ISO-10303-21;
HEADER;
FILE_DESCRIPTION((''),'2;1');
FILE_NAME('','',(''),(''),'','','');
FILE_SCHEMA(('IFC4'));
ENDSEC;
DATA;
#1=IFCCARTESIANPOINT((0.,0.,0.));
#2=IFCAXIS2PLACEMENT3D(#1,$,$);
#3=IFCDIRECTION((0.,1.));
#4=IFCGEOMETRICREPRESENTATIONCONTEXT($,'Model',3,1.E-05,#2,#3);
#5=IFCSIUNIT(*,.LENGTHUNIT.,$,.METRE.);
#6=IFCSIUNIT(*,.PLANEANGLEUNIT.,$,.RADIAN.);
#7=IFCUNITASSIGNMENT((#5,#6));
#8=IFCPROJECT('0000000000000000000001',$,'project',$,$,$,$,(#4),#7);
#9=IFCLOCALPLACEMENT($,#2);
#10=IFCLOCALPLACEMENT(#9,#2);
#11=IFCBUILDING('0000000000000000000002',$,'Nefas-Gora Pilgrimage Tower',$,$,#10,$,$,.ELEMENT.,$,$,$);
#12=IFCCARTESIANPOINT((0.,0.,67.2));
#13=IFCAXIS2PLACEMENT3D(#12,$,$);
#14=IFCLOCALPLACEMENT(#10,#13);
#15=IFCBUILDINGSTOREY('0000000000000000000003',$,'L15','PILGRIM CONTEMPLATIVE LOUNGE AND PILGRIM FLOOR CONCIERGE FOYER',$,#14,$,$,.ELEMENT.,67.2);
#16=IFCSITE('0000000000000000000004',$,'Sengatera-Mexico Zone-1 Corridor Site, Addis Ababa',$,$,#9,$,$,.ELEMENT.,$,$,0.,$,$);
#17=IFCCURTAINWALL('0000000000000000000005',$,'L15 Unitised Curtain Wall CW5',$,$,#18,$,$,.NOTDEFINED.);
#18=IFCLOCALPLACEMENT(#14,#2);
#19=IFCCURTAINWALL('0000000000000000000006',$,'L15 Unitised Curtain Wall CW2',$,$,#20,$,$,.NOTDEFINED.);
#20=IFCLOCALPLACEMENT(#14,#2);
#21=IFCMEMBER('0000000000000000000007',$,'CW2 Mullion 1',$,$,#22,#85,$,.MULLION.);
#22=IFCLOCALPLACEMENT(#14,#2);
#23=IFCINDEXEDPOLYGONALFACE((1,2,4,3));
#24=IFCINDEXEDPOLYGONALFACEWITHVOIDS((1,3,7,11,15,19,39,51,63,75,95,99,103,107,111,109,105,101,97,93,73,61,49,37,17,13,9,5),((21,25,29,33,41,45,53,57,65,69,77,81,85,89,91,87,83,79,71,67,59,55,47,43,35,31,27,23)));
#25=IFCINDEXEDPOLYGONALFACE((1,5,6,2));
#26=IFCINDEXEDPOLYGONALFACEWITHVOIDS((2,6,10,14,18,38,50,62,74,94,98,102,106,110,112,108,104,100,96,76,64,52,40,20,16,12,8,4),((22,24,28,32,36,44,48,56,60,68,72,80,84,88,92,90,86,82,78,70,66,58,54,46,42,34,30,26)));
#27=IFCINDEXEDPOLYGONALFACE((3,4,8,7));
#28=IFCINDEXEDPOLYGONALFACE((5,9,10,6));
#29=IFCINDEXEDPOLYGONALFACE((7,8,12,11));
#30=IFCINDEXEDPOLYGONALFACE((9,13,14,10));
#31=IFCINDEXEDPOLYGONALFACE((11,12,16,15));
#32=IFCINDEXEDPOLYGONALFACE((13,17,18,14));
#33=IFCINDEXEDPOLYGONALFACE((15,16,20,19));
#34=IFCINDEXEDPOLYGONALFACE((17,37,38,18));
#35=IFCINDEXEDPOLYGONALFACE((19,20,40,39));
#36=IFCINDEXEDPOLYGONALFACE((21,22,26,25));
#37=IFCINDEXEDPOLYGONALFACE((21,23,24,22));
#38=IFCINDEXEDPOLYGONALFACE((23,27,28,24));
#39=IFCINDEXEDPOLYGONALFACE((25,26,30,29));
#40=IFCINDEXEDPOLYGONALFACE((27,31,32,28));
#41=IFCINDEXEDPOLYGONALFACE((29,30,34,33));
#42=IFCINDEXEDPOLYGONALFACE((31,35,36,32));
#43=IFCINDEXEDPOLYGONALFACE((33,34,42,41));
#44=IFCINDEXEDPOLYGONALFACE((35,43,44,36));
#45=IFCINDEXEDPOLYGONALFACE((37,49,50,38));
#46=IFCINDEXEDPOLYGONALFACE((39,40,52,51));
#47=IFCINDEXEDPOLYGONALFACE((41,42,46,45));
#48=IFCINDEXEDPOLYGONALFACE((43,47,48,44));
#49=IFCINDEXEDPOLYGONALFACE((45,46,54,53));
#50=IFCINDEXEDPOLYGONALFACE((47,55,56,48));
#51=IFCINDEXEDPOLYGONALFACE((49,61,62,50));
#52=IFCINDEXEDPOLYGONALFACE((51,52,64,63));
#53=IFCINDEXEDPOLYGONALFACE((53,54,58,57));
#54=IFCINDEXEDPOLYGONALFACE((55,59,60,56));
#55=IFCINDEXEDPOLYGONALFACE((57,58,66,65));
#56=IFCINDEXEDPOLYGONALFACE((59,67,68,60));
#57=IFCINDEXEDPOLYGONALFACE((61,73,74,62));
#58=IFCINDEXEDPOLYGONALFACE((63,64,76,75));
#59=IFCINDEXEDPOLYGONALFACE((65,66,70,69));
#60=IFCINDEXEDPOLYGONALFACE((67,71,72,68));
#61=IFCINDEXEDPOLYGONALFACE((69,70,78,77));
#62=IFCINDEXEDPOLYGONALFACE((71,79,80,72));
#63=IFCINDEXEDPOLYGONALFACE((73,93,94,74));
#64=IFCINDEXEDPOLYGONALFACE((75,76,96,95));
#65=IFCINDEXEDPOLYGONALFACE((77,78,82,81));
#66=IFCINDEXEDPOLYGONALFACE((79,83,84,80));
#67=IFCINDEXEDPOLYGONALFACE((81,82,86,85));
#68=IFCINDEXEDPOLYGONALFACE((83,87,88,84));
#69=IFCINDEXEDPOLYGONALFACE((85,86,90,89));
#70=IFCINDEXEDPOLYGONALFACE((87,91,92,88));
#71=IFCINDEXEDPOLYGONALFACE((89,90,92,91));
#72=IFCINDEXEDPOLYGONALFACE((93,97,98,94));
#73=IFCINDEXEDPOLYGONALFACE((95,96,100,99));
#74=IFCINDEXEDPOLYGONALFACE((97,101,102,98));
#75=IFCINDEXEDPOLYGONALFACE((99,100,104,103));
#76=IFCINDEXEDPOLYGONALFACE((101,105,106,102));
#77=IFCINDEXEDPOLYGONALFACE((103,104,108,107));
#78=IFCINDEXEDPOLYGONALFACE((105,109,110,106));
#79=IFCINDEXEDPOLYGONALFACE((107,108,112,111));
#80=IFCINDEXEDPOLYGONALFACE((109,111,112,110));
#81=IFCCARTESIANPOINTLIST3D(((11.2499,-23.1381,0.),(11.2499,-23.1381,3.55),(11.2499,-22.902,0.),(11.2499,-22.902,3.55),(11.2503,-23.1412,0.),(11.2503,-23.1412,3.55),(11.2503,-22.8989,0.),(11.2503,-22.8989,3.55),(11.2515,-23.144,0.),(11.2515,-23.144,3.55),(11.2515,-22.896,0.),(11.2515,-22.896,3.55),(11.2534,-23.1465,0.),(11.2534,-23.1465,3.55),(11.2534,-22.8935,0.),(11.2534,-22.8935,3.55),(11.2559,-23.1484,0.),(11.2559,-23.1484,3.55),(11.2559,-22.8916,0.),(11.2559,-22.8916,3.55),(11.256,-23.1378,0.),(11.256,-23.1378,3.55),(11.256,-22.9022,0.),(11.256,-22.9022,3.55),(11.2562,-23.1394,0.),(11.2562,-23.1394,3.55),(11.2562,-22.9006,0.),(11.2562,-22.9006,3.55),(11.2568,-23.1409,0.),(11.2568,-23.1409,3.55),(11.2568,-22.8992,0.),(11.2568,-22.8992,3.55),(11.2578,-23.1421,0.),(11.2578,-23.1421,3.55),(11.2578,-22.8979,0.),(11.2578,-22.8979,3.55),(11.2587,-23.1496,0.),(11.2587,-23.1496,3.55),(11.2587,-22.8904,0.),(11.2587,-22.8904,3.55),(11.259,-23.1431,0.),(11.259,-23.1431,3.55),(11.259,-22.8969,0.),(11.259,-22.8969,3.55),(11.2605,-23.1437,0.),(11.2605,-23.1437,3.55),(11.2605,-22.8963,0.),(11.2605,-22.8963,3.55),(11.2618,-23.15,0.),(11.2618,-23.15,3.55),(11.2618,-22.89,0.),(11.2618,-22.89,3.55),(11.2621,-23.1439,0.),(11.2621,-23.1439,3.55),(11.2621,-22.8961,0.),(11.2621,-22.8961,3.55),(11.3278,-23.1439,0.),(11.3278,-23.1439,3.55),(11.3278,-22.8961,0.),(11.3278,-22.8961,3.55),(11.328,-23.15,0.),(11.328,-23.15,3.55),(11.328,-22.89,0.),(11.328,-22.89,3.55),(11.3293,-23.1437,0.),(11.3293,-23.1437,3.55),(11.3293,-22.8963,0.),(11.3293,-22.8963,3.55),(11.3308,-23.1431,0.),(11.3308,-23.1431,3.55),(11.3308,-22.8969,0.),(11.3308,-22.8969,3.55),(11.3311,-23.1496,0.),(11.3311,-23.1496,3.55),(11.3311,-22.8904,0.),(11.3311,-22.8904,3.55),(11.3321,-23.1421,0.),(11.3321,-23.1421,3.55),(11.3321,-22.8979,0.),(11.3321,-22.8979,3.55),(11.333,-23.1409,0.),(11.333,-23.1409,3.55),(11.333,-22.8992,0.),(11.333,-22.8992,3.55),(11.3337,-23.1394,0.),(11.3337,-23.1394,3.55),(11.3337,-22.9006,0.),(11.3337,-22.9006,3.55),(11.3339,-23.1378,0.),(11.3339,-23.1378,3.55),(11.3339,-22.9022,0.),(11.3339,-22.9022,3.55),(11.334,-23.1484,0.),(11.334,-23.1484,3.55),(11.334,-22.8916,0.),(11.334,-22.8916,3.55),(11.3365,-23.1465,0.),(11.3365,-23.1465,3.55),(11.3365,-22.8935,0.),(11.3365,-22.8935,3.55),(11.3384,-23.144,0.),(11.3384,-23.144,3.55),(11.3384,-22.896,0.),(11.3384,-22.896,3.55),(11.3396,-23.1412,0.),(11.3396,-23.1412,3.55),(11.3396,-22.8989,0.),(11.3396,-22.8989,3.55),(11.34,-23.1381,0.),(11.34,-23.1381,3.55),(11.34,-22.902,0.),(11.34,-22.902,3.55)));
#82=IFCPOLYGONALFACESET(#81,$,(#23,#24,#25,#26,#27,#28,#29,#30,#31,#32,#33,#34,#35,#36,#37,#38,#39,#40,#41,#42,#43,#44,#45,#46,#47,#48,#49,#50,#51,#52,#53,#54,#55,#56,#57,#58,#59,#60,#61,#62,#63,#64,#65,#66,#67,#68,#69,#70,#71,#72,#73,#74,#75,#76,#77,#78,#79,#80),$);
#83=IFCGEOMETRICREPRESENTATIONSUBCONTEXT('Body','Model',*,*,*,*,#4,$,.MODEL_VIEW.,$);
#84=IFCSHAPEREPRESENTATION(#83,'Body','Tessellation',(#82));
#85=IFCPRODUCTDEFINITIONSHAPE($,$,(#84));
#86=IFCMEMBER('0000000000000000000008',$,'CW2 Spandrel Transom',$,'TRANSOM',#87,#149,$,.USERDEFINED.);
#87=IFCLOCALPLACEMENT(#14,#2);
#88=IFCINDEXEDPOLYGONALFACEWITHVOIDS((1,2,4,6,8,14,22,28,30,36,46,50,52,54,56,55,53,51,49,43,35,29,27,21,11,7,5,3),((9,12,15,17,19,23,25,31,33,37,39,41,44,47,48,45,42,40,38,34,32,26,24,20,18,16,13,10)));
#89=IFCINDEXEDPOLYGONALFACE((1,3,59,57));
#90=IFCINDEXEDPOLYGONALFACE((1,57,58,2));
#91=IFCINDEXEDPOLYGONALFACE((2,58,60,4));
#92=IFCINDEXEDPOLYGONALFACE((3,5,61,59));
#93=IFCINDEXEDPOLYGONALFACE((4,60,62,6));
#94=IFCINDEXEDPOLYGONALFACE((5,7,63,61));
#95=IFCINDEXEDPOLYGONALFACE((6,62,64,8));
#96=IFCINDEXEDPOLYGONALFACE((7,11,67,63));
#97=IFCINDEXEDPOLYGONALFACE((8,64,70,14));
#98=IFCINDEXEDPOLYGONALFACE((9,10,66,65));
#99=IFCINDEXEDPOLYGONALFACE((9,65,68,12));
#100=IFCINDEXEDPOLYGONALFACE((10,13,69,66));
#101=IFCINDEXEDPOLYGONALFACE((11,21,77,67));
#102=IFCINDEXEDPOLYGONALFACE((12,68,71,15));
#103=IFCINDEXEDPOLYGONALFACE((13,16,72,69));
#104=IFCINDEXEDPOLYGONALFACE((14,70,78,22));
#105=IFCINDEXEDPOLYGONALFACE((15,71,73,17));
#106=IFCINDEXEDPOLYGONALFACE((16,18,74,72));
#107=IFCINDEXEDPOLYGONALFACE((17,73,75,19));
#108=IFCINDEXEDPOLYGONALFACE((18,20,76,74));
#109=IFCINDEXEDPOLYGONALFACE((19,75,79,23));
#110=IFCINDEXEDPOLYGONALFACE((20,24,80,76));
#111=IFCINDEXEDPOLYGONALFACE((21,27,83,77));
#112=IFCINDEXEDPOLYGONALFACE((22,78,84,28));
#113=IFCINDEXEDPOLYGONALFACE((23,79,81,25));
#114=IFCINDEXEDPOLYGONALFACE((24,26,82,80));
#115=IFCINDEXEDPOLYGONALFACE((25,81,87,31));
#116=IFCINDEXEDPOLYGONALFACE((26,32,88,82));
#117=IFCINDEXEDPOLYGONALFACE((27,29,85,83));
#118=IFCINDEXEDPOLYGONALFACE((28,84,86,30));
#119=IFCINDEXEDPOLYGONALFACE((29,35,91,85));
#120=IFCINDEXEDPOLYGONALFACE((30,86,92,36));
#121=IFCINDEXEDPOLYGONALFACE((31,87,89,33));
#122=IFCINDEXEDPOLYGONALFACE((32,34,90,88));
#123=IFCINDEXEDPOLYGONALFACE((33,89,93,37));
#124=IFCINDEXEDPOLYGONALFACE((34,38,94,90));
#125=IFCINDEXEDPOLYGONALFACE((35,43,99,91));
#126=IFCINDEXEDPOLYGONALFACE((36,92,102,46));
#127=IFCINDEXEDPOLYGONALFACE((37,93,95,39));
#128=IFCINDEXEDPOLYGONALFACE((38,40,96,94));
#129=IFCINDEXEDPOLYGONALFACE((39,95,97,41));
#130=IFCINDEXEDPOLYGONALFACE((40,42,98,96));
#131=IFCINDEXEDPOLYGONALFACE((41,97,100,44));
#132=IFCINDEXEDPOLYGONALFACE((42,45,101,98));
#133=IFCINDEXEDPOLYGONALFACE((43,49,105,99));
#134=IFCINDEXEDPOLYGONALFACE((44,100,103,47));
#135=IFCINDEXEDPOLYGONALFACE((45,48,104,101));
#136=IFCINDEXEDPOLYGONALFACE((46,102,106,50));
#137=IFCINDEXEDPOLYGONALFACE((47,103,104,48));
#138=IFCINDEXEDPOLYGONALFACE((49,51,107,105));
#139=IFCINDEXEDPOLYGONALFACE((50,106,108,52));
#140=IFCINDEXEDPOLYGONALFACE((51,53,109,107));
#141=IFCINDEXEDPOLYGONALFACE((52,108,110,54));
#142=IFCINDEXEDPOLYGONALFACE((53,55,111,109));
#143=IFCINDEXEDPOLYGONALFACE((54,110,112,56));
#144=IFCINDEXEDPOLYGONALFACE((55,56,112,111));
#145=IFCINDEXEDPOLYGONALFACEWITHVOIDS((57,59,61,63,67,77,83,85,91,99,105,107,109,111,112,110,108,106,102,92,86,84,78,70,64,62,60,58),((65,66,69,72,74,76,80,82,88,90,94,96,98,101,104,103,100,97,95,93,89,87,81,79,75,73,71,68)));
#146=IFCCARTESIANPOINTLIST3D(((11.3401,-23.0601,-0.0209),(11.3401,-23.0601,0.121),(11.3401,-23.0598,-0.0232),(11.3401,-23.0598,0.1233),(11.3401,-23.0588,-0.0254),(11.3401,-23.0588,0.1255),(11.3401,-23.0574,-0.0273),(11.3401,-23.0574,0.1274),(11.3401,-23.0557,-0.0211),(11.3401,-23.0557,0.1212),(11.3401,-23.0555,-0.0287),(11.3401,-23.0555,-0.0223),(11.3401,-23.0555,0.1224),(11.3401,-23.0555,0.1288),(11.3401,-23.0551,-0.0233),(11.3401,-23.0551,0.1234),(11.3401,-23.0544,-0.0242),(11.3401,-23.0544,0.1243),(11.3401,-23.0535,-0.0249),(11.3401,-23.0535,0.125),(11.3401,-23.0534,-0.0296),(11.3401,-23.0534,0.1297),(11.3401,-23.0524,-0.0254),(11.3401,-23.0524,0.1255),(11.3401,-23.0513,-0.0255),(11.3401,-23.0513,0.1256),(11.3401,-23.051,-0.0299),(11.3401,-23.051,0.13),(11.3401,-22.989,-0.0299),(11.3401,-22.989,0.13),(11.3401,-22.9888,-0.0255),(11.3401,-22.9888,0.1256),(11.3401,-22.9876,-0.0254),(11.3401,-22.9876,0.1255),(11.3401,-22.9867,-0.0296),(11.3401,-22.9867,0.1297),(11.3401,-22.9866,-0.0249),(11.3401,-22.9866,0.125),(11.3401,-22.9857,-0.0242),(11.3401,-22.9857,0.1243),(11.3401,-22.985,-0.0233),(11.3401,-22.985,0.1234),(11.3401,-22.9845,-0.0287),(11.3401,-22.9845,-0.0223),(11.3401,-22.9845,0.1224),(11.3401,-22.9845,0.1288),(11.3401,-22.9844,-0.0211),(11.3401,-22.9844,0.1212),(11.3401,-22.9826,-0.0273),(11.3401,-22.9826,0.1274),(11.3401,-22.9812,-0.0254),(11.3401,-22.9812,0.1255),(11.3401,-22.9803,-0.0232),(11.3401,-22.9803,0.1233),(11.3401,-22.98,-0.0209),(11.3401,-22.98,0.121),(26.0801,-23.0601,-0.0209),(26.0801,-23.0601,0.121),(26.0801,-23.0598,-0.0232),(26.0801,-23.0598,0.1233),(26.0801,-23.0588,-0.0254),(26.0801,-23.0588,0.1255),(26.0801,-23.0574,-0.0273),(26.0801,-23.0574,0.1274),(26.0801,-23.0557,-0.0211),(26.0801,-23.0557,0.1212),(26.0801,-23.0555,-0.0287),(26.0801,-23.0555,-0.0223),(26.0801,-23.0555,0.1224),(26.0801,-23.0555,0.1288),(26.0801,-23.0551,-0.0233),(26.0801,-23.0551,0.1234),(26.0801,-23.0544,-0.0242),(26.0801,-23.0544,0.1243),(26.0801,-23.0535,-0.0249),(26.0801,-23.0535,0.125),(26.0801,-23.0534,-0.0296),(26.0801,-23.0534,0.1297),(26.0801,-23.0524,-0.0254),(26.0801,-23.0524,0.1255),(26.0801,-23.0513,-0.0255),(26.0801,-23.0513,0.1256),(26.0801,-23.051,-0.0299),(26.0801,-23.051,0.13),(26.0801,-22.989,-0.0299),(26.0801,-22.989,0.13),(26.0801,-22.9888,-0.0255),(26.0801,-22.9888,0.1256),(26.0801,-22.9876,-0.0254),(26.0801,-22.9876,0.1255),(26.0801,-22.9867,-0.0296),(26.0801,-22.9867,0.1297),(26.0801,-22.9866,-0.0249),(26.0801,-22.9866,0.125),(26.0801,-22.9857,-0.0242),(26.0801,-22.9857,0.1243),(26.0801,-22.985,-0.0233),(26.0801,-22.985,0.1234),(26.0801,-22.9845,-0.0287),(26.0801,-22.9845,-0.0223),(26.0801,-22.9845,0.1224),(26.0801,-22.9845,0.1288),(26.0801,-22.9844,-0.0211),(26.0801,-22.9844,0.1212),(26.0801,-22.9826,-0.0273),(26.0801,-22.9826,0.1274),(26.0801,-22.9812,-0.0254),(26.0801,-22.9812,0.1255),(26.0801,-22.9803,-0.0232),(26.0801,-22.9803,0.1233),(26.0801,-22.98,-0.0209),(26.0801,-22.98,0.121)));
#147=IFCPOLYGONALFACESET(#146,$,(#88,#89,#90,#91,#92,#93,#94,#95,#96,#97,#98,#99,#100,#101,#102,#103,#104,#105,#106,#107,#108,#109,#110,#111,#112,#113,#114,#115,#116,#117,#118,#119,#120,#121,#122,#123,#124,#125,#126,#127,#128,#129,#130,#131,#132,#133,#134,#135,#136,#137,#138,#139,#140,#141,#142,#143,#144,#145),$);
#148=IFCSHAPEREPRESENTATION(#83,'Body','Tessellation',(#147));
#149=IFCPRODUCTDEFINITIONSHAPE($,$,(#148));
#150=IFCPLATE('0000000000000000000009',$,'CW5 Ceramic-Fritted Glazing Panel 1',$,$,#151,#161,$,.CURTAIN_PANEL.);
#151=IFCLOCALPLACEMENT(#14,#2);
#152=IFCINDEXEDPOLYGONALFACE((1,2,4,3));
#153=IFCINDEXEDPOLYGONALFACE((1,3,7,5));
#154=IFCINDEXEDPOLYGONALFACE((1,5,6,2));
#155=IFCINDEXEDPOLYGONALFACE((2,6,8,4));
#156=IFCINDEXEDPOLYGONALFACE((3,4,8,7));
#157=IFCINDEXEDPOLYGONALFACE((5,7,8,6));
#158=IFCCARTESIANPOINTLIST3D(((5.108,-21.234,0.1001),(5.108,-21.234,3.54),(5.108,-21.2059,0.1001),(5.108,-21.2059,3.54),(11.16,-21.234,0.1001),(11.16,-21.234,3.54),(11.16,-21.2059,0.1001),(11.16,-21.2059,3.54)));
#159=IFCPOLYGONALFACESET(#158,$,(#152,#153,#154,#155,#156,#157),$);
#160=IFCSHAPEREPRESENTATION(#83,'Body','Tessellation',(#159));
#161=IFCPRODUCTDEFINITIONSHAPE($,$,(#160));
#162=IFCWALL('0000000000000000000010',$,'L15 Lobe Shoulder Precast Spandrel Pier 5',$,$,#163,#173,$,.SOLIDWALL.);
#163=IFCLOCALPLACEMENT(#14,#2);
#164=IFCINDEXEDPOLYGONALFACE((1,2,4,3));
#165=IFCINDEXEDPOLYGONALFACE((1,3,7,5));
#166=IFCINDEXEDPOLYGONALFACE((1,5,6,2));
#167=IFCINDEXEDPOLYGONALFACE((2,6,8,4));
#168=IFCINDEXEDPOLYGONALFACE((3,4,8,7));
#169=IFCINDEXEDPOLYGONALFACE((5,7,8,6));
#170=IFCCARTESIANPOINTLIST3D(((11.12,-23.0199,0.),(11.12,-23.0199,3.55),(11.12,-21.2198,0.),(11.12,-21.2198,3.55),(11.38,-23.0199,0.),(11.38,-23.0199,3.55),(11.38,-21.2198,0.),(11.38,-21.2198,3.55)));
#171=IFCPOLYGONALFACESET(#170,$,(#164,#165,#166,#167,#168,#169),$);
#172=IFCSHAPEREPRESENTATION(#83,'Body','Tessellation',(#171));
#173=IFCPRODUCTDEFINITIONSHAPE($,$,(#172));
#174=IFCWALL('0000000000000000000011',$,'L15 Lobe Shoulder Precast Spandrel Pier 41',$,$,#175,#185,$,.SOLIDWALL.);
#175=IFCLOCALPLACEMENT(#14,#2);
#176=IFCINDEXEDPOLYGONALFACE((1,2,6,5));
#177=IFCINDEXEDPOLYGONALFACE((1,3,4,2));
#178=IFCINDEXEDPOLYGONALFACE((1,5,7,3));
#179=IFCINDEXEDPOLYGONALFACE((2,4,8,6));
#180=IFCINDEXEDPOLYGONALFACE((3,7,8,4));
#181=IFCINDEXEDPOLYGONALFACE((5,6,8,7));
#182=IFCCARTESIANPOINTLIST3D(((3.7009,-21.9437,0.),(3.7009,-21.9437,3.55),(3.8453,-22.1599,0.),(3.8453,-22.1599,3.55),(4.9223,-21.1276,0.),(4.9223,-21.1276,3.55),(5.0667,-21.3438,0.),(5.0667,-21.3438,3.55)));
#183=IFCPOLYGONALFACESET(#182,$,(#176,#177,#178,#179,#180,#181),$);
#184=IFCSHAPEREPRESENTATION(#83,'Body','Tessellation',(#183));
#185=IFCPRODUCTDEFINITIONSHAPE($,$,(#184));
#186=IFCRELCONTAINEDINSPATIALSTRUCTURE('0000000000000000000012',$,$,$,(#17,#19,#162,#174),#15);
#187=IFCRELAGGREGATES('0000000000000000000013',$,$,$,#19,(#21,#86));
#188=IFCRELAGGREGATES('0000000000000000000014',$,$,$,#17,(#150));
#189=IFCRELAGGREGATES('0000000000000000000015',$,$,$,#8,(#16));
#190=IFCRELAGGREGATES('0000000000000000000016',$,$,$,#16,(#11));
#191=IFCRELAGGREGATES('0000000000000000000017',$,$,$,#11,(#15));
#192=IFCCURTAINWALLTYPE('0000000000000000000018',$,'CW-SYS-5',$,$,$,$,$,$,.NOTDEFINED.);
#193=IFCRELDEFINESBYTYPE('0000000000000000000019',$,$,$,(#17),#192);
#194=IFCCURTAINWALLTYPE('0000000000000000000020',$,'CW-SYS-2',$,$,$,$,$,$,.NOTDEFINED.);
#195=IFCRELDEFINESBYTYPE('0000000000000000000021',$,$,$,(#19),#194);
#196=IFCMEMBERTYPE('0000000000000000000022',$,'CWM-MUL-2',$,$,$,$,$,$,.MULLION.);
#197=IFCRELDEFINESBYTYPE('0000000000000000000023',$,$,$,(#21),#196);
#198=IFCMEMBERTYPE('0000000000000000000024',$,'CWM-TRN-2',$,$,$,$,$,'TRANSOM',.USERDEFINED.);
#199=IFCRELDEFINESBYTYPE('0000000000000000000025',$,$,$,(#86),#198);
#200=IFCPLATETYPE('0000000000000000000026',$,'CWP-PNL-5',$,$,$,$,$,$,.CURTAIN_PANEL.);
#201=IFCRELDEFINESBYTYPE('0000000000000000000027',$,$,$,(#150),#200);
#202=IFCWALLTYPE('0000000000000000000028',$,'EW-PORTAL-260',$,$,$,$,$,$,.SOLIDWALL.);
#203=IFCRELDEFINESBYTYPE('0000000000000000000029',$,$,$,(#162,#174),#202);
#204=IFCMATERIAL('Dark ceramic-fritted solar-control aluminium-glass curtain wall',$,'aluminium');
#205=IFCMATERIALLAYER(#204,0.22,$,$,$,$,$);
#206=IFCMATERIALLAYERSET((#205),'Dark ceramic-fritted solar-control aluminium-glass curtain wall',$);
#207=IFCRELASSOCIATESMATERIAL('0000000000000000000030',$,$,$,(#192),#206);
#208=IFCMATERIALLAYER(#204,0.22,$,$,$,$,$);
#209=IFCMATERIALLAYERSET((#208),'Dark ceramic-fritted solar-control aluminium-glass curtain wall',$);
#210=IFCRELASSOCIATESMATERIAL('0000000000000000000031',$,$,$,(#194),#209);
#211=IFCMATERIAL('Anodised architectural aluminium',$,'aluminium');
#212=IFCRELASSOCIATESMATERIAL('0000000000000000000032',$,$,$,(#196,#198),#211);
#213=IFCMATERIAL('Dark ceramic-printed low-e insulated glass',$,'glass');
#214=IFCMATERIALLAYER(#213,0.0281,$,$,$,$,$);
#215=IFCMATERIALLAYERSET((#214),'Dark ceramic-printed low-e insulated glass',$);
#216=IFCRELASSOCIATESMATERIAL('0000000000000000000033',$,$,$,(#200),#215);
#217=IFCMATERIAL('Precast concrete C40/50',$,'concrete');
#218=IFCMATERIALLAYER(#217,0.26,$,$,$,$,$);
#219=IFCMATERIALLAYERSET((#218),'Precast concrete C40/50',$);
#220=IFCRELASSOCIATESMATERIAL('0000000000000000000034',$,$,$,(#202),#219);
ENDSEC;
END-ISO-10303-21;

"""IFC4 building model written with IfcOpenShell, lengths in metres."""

from ifc_helpers import new_model, si_unit, direction, frame, frame_2d, origin, origin_2d, place, context, subcontext, project, spatial, rectangle, hollow_rectangle, extrude, source, transform, mapped, material, layer, layer_set, material_profile, profile_set, type_object, element, aggregate, save


model = new_model("IFC4")

# Units and contexts
model_context = context("Model", 3, precision=1e-05, world=origin(), true_north=direction((0.0, 1.0)))
body_context = subcontext(model_context, "Body", "Model", "MODEL_VIEW")
ifc_project = project(units=[si_unit("LENGTHUNIT", "METRE"), si_unit("PLANEANGLEUNIT", "RADIAN")], contexts=[model_context])

# Site, building, storey
site_placement = place(None, origin())
site = spatial("IfcSite", under=ifc_project, at=site_placement, Name="Sengatera-Mexico Zone-1 Corridor Site, Addis Ababa", CompositionType="ELEMENT", RefElevation=0.0)
building_placement = place(site_placement, origin())
building = spatial("IfcBuilding", under=site, at=building_placement, Name="Nefas-Gora Pilgrimage Tower", CompositionType="ELEMENT")
storey_placement = place(building_placement, frame((0.0, 0.0, 67.2)))
storey = spatial("IfcBuildingStorey", under=building, at=storey_placement, Name="L15", Description="PILGRIM CONTEMPLATIVE LOUNGE AND PILGRIM FLOOR CONCIERGE FOYER", CompositionType="ELEMENT", Elevation=67.2)

# Curtain wall
ifc_material_1 = material(Name="Dark ceramic-fritted solar-control aluminium-glass curtain wall", Category="aluminium")
ifc_layer_1 = layer(ifc_material_1, 0.22)
ifc_layer_set_1 = layer_set([ifc_layer_1], Name="Dark ceramic-fritted solar-control aluminium-glass curtain wall")
curtain_wall_type_1 = type_object("IfcCurtainWallType", Name="CW-SYS-5", PredefinedType="NOTDEFINED", material=ifc_layer_set_1)
curtain_wall_1_placement = place(storey_placement, origin())
curtain_wall_1 = element("IfcCurtainWall", 1, at=curtain_wall_1_placement, inside=storey, type_object=curtain_wall_type_1, Name="L15 Unitised Curtain Wall CW5", PredefinedType="NOTDEFINED")
ifc_material_2 = material(Name="Anodised architectural aluminium", Category="aluminium")

# Curtain wall, members
ifc_layer_2 = layer(ifc_material_1, 0.22)
ifc_layer_set_2 = layer_set([ifc_layer_2], Name="Dark ceramic-fritted solar-control aluminium-glass curtain wall")
curtain_wall_type_2 = type_object("IfcCurtainWallType", Name="CW-SYS-2", PredefinedType="NOTDEFINED", material=ifc_layer_set_2)
curtain_wall_2_placement = place(storey_placement, origin())
curtain_wall_2 = element("IfcCurtainWall", 2, at=curtain_wall_2_placement, inside=storey, type_object=curtain_wall_type_2, Name="L15 Unitised Curtain Wall CW2", PredefinedType="NOTDEFINED")
ifc_material_profile_1 = material_profile(ifc_material_2, hollow_rectangle(XDim=0.0901, YDim=0.26, WallThickness=0.0061, InnerFilletRadius=0.0061, OuterFilletRadius=0.012, at=origin_2d()), Name="ALU MULLION 90x260")
ifc_profile_set_1 = profile_set([ifc_material_profile_1], Name="Anodised architectural aluminium")
member_type_1 = type_object("IfcMemberType", Name="CWM-MUL-2", PredefinedType="MULLION", material=ifc_profile_set_1)
shared_shape_1 = source(origin(), body_context, "Body", "SweptSolid", [
    extrude(hollow_rectangle(XDim=0.0901, YDim=0.26, WallThickness=0.0061, InnerFilletRadius=0.0061, OuterFilletRadius=0.012, at=origin_2d()), origin(), (0.0, 0.0, 1.0), 3.55),
])
member_1_placement = place(storey_placement, frame((11.2949, -23.02, 0.0), z_axis=(0.0, 0.0, 1.0), x_axis=(1.0, 0.0, 0.0)))
member_1 = element("IfcMember", 3, at=member_1_placement, type_object=member_type_1, Name="CW2 Mullion 1", PredefinedType="MULLION", context=body_context, shape_type="MappedRepresentation", body=[
    mapped(shared_shape_1, transform((0.0, 0.0, 0.0), x_axis=(1.0, 0.0, 0.0), y_axis=(0.0, 1.0, 0.0), z_axis=(0.0, 0.0, 1.0), scale=1.0)),
])
ifc_material_profile_2 = material_profile(ifc_material_2, hollow_rectangle(XDim=0.0801, YDim=0.1599, WallThickness=0.0044, InnerFilletRadius=0.0044, OuterFilletRadius=0.009, at=origin_2d()), Name="ALU TRANSOM 80x160")
ifc_profile_set_2 = profile_set([ifc_material_profile_2], Name="Anodised architectural aluminium")
member_type_2 = type_object("IfcMemberType", Name="CWM-TRN-2", ElementType="TRANSOM", PredefinedType="USERDEFINED", material=ifc_profile_set_2)
shared_shape_2 = source(origin(), body_context, "Body", "SweptSolid", [
    extrude(hollow_rectangle(XDim=0.0801, YDim=0.1599, WallThickness=0.0044, InnerFilletRadius=0.0044, OuterFilletRadius=0.009, at=origin_2d()), origin(), (0.0, 0.0, 1.0), 14.74),
])
member_2_placement = place(storey_placement, frame((11.3401, -23.02, 0.05), z_axis=(1.0, 0.0, 0.0), x_axis=(0.0, 1.0, 0.0)))
member_2 = element("IfcMember", 4, at=member_2_placement, type_object=member_type_2, Name="CW2 Spandrel Transom", ObjectType="TRANSOM", PredefinedType="USERDEFINED", context=body_context, shape_type="MappedRepresentation", body=[
    mapped(shared_shape_2, transform((0.0, 0.0, 0.0), x_axis=(1.0, 0.0, 0.0), y_axis=(0.0, 1.0, 0.0), z_axis=(0.0, 0.0, 1.0), scale=1.0)),
])
aggregate(curtain_wall_2, [member_1, member_2])

# Plate
ifc_material_3 = material(Name="Dark ceramic-printed low-e insulated glass", Category="glass")
ifc_layer_3 = layer(ifc_material_3, 0.0281)
ifc_layer_set_3 = layer_set([ifc_layer_3], Name="Dark ceramic-printed low-e insulated glass")
plate_type = type_object("IfcPlateType", Name="CWP-PNL-5", PredefinedType="CURTAIN_PANEL", material=ifc_layer_set_3)
shared_shape_3 = source(origin(), body_context, "Body", "SweptSolid", [
    extrude(rectangle(XDim=6.052, YDim=0.0281, at=origin_2d()), origin(), (0.0, 0.0, 1.0), 3.4399),
])
plate_placement = place(storey_placement, frame((8.134, -21.22, 0.1001), z_axis=(0.0, 0.0, 1.0), x_axis=(1.0, 0.0, 0.0)))
plate = element("IfcPlate", 5, at=plate_placement, type_object=plate_type, Name="CW5 Ceramic-Fritted Glazing Panel 1", PredefinedType="CURTAIN_PANEL", context=body_context, shape_type="MappedRepresentation", body=[
    mapped(shared_shape_3, transform((0.0, 0.0, 0.0), x_axis=(1.0, 0.0, 0.0), y_axis=(0.0, 1.0, 0.0), z_axis=(0.0, 0.0, 1.0), scale=1.0)),
])
aggregate(curtain_wall_1, [plate])

# Walls
ifc_material_4 = material(Name="Precast concrete C40/50", Category="concrete")
ifc_layer_4 = layer(ifc_material_4, 0.26)
ifc_layer_set_4 = layer_set([ifc_layer_4], Name="Precast concrete C40/50")
wall_type_1 = type_object("IfcWallType", Name="EW-PORTAL-260", PredefinedType="SOLIDWALL", material=ifc_layer_set_4)
shared_shape_4 = source(origin(), body_context, "Body", "SweptSolid", [
    extrude(rectangle(XDim=1.8, YDim=0.26, at=frame_2d((0.8999, 0.0))), origin(), (0.0, 0.0, 1.0), 3.55),
])
wall_1_placement = place(storey_placement, frame((11.25, -21.22, 0.0), z_axis=(0.0, 0.0, 1.0), x_axis=(0.0, -1.0, 0.0)))
element("IfcWall", 6, at=wall_1_placement, inside=storey, type_object=wall_type_1, Name="L15 Lobe Shoulder Precast Spandrel Pier 5", PredefinedType="SOLIDWALL", context=body_context, shape_type="MappedRepresentation", body=[
    mapped(shared_shape_4, transform((0.0, 0.0, 0.0), x_axis=(1.0, 0.0, 0.0), y_axis=(0.0, 1.0, 0.0), z_axis=(0.0, 0.0, 1.0), scale=1.0)),
])
shared_shape_5 = source(origin(), body_context, "Body", "SweptSolid", [
    extrude(rectangle(XDim=1.469, YDim=0.26, at=frame_2d((0.7344, 0.0))), origin(), (0.0, 0.0, 1.0), 3.55),
])
wall_2_placement = place(storey_placement, frame((3.7732, -22.0518, 0.0), z_axis=(0.0, 0.0, 1.0), x_axis=(0.831462, 0.555582, 0.0)))
element("IfcWall", 7, at=wall_2_placement, inside=storey, type_object=wall_type_1, Name="L15 Lobe Shoulder Precast Spandrel Pier 41", PredefinedType="SOLIDWALL", context=body_context, shape_type="MappedRepresentation", body=[
    mapped(shared_shape_5, transform((0.0, 0.0, 0.0), x_axis=(1.0, 0.0, 0.0), y_axis=(0.0, 1.0, 0.0), z_axis=(0.0, 0.0, 1.0), scale=1.0)),
])

save(model, "model.ifc")
